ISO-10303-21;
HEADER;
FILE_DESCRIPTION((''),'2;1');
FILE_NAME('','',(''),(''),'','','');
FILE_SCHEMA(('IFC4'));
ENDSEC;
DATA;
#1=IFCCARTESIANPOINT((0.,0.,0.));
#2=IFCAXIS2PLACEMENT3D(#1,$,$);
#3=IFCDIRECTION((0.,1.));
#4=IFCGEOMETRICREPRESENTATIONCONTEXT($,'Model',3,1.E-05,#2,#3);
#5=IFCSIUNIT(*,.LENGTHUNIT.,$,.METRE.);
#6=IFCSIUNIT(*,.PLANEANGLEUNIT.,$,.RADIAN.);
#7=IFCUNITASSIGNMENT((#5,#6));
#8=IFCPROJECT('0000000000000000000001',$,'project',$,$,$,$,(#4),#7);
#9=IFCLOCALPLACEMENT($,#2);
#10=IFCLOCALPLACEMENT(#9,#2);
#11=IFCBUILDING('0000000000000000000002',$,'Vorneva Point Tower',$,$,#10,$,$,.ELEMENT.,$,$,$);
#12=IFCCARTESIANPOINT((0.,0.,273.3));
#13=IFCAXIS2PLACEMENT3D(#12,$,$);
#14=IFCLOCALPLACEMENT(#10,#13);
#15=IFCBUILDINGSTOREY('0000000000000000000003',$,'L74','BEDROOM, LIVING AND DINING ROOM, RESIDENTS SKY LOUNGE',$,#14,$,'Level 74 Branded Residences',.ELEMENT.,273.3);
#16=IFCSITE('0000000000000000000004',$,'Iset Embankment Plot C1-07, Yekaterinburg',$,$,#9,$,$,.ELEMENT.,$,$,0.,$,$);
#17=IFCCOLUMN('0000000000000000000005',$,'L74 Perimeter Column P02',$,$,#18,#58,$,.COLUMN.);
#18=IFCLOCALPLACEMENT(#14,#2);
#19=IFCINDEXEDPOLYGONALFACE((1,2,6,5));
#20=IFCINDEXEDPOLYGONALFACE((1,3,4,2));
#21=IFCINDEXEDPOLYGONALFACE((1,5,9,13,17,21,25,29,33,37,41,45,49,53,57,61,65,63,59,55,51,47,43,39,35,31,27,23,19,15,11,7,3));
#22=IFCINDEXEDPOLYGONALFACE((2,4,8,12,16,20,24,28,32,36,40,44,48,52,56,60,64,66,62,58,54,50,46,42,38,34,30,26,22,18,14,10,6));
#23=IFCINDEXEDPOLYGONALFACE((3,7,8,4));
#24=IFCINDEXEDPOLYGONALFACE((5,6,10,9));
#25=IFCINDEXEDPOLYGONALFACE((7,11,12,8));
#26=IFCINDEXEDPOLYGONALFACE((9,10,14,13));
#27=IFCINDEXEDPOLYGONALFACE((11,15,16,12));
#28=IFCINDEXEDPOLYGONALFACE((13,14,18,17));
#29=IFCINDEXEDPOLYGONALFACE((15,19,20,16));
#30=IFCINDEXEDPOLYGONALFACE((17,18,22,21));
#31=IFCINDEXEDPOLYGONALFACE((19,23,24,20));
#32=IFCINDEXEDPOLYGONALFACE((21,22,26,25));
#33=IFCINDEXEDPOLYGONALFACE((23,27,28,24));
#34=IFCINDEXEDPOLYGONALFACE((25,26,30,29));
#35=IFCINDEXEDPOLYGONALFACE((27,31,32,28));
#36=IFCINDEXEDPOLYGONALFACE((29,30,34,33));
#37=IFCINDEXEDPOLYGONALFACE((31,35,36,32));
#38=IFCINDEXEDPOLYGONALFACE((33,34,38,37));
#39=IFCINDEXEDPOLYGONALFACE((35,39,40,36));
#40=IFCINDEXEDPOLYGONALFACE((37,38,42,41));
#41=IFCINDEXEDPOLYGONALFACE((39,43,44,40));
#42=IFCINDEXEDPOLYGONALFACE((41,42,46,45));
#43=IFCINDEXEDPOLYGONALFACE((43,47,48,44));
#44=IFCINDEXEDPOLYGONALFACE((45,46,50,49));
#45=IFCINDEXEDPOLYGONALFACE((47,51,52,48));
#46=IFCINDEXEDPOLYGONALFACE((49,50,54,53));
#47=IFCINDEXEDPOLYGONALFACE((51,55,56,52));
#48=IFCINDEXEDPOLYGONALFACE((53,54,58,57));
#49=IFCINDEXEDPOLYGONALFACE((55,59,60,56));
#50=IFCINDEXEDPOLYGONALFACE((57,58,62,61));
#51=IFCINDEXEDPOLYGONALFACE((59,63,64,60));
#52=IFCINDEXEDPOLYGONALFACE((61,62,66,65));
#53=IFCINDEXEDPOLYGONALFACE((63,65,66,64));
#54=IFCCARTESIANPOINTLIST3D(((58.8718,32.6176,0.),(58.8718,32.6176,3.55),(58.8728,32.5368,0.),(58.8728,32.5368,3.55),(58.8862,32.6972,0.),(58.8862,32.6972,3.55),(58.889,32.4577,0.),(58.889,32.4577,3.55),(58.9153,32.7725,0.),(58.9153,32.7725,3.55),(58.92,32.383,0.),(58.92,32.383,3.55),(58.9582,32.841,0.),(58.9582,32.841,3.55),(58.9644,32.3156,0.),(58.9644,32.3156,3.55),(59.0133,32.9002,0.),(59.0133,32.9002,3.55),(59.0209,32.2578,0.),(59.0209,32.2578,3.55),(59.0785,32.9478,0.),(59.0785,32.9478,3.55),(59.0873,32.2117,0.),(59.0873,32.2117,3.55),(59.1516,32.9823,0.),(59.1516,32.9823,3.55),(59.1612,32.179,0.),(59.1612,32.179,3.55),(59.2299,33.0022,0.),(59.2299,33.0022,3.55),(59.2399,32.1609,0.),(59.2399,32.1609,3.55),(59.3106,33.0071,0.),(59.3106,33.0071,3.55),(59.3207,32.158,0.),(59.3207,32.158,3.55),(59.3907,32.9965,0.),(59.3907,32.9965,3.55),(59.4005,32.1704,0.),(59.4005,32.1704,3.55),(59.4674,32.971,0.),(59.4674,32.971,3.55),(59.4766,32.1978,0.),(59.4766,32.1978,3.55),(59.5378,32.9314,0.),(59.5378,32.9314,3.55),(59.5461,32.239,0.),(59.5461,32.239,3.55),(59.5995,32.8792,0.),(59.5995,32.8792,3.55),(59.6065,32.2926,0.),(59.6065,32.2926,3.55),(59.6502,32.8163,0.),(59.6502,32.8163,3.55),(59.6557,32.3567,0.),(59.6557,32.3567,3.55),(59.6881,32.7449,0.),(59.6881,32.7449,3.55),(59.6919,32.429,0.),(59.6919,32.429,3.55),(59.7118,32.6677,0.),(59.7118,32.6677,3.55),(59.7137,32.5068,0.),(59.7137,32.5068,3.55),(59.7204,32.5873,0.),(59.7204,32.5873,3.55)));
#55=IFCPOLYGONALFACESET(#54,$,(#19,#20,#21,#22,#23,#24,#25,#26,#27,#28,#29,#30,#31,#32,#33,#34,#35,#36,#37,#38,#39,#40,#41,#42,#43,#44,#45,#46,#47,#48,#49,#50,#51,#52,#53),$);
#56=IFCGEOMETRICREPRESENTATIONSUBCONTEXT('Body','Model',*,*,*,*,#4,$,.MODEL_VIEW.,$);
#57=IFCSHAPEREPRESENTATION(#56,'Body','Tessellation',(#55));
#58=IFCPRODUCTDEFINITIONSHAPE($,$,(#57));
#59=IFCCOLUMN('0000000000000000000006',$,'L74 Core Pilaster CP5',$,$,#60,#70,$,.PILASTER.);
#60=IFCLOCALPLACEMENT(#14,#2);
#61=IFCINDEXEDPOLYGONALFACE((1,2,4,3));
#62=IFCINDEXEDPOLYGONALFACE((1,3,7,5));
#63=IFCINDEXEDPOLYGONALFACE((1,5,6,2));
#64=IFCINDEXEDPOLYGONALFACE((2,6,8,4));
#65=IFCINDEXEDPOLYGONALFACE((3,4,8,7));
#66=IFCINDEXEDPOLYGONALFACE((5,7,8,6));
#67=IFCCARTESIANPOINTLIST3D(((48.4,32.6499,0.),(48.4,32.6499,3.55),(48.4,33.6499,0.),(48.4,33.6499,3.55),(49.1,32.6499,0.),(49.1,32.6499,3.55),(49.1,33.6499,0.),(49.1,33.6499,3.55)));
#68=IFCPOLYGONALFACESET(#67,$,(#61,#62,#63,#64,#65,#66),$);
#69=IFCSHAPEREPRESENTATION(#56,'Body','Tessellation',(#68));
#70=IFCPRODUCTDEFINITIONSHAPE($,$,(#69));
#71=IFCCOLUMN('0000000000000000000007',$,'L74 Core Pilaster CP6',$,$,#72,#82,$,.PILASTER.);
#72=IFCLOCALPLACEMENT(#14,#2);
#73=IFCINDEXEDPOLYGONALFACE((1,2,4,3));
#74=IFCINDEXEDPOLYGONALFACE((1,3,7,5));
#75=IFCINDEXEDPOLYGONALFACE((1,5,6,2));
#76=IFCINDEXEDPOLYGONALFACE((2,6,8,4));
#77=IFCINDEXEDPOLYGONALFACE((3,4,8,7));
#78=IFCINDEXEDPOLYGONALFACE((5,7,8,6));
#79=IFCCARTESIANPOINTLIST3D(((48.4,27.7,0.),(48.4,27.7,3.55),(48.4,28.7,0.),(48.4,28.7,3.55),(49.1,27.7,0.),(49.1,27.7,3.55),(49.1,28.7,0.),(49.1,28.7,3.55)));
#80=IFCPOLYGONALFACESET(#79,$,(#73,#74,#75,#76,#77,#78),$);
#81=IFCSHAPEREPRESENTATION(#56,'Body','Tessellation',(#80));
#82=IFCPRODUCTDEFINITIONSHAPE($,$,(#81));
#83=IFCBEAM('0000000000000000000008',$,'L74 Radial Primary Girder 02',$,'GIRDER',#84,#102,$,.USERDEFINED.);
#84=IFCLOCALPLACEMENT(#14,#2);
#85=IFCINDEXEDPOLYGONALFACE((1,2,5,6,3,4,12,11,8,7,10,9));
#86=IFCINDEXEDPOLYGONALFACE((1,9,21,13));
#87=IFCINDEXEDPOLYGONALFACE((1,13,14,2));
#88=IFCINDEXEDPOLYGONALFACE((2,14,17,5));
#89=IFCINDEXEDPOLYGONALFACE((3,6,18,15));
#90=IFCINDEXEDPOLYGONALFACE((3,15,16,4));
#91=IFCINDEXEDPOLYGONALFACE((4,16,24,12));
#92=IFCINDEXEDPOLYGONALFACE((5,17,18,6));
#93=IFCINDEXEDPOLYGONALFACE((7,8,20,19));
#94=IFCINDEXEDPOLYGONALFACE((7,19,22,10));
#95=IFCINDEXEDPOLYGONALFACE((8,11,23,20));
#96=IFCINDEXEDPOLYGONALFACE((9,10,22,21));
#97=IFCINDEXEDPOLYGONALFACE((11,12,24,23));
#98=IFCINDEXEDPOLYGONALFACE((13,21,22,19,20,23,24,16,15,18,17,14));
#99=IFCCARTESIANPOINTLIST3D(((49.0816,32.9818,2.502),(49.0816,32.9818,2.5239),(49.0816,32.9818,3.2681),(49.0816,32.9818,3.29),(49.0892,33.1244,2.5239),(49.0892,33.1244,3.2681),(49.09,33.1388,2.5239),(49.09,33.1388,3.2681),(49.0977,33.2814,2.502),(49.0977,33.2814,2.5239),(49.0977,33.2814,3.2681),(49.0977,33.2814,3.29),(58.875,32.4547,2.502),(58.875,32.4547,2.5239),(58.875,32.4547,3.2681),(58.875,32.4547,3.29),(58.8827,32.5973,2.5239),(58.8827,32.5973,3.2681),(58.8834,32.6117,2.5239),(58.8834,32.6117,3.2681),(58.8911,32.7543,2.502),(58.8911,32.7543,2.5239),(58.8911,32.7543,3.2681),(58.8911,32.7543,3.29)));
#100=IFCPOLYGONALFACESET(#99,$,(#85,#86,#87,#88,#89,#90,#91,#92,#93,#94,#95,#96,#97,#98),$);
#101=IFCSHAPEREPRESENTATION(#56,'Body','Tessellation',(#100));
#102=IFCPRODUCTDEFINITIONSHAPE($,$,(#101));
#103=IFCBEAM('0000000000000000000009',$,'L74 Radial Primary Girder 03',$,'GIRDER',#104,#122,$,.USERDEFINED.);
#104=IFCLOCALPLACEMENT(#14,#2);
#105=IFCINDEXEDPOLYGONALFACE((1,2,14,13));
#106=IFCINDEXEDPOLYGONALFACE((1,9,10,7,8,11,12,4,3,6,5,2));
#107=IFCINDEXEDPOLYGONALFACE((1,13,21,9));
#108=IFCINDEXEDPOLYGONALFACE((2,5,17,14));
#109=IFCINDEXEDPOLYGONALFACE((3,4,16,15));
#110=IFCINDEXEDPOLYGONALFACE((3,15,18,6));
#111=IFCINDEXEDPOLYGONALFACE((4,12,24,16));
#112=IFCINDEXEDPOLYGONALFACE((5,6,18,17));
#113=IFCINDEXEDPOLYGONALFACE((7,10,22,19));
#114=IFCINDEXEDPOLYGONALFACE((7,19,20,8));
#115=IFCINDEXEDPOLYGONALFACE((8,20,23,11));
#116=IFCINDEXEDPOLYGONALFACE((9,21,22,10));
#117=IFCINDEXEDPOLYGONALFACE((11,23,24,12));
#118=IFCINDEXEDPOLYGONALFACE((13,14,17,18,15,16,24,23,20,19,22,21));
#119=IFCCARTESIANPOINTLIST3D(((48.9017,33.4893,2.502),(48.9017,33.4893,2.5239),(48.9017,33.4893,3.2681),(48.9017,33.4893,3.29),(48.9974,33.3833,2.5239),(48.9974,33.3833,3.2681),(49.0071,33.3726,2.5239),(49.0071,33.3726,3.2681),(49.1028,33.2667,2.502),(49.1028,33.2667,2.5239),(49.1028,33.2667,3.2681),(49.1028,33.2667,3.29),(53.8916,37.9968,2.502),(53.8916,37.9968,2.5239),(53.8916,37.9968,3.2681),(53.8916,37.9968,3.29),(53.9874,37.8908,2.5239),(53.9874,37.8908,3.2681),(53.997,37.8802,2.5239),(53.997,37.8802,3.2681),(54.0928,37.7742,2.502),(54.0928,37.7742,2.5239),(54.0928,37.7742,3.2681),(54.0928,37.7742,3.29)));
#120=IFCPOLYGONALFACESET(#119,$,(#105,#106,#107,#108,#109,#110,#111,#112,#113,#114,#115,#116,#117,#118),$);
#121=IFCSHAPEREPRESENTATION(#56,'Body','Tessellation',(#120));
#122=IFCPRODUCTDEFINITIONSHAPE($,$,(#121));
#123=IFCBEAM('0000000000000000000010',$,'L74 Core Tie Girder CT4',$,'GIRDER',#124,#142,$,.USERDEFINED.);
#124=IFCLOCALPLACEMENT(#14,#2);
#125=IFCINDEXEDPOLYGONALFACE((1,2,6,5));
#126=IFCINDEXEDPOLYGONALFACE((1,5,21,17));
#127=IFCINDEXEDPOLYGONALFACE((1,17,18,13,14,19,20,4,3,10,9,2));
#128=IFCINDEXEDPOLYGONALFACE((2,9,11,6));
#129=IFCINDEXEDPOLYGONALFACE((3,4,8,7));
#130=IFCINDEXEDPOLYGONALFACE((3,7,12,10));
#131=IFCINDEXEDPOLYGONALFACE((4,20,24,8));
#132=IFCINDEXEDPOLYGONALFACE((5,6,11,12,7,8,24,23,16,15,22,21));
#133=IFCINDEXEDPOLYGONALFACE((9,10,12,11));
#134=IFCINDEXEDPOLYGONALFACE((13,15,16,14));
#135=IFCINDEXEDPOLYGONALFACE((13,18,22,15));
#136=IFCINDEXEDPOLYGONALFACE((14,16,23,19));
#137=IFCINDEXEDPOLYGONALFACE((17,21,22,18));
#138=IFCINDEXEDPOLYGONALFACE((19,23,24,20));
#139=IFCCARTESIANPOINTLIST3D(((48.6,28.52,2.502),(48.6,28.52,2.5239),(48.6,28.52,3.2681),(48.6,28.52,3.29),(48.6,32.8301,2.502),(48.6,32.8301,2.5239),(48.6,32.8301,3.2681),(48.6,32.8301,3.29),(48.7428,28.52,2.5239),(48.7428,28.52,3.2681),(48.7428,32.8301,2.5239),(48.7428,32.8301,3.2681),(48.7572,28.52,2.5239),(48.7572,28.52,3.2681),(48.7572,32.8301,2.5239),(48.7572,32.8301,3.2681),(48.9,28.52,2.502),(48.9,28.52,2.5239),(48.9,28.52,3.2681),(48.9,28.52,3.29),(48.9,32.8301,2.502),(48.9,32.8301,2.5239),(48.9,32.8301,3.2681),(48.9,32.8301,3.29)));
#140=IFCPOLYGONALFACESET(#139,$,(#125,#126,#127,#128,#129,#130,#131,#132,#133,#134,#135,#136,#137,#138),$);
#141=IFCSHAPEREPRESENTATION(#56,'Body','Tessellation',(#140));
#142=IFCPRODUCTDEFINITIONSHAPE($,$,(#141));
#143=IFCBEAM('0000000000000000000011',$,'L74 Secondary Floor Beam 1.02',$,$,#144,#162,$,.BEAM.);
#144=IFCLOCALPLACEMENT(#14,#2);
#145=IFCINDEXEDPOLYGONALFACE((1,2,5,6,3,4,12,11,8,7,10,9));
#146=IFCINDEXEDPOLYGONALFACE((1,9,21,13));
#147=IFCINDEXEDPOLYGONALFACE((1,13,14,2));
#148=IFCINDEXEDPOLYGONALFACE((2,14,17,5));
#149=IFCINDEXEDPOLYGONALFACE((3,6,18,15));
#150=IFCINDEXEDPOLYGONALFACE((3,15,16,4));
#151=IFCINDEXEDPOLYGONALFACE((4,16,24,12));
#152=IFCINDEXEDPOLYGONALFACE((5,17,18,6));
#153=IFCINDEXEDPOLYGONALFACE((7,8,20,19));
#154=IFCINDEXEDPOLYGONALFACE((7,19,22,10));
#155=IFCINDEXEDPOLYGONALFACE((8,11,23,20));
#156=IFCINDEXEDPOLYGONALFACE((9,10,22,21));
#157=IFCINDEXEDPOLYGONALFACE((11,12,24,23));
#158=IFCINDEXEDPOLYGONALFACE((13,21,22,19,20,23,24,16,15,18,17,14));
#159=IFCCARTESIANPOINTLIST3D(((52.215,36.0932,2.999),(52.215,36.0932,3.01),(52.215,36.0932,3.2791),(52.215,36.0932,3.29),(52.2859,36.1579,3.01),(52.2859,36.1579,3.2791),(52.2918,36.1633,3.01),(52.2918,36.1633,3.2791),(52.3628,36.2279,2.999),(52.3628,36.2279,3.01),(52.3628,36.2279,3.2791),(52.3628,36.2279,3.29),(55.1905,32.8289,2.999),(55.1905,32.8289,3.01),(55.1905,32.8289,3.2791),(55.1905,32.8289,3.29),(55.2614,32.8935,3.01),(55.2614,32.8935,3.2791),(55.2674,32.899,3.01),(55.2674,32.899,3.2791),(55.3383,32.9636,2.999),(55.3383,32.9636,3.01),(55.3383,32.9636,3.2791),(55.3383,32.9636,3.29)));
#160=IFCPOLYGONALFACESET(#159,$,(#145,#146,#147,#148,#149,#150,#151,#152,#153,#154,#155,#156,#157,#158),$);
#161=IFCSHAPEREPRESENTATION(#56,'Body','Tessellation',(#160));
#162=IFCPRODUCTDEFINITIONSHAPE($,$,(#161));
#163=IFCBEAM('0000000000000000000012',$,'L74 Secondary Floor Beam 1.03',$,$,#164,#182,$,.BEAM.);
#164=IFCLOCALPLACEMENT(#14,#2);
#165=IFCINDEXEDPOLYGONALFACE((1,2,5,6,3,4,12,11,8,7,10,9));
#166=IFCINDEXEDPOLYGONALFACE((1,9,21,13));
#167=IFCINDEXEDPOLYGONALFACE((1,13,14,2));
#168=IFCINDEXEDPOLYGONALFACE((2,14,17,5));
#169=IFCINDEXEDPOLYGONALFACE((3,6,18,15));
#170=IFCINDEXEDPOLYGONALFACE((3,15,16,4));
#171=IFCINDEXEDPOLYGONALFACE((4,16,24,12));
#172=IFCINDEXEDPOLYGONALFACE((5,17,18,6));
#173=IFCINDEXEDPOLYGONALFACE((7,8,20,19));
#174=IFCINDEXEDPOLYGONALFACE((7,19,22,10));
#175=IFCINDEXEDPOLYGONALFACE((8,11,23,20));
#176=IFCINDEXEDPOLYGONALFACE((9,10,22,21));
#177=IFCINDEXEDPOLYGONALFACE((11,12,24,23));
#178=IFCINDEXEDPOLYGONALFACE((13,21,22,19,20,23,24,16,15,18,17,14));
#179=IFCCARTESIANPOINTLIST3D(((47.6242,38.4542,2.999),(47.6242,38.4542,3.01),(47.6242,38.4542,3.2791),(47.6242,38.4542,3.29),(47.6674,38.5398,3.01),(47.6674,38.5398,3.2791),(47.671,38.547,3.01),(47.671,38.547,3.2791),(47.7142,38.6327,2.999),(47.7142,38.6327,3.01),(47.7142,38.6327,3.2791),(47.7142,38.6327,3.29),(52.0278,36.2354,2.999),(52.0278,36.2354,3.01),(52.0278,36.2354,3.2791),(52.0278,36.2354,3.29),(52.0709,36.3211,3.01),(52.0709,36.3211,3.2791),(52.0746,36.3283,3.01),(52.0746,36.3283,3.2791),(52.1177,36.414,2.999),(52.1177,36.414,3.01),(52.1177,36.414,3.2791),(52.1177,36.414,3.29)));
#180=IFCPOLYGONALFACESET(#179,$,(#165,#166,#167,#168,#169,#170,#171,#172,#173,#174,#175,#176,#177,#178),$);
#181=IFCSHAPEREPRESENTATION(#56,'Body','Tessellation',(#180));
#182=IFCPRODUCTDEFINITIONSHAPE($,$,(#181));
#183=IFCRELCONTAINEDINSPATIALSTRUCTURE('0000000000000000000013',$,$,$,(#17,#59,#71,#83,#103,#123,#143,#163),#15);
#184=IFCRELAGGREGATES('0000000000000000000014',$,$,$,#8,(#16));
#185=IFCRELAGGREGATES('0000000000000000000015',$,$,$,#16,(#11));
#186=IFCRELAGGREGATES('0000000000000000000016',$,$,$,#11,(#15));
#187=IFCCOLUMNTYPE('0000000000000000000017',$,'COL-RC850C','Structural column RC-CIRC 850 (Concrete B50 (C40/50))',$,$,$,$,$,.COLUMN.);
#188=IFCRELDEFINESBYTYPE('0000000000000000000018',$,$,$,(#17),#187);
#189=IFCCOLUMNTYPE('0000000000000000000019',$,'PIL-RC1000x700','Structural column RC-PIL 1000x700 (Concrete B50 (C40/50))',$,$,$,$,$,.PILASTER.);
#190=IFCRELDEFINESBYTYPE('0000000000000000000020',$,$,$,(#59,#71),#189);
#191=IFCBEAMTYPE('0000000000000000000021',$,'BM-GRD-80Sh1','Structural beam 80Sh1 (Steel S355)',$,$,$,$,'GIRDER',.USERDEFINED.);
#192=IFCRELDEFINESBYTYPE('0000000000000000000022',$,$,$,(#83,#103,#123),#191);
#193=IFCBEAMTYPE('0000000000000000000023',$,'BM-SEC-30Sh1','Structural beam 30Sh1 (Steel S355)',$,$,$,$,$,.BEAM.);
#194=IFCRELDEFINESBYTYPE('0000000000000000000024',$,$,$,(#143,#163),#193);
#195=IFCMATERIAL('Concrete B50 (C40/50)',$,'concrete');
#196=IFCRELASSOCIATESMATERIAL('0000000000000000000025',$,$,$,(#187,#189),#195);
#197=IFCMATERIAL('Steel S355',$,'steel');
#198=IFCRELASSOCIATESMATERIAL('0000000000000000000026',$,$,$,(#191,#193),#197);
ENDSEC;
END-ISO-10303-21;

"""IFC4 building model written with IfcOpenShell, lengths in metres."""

from ifc_helpers import new_model, si_unit, direction, frame, origin, origin_2d, place, context, subcontext, project, spatial, rectangle, circle, i_section, extrude, material, material_profile, profile_set, type_object, element, save


model = new_model("IFC4")

# Units and contexts
model_context = context("Model", 3, precision=1e-05, world=origin(), true_north=direction((0.0, 1.0)))
body_context = subcontext(model_context, "Body", "Model", "MODEL_VIEW")
ifc_project = project(units=[si_unit("LENGTHUNIT", "METRE"), si_unit("PLANEANGLEUNIT", "RADIAN")], contexts=[model_context])

# Site, building, storey
site_placement = place(None, origin())
site = spatial("IfcSite", under=ifc_project, at=site_placement, Name="Iset Embankment Plot C1-07, Yekaterinburg", CompositionType="ELEMENT", RefElevation=0.0)
building_placement = place(site_placement, origin())
building = spatial("IfcBuilding", under=site, at=building_placement, Name="Vorneva Point Tower", CompositionType="ELEMENT")
storey_placement = place(building_placement, frame((0.0, 0.0, 273.3)))
storey = spatial("IfcBuildingStorey", under=building, at=storey_placement, Name="L74", Description="BEDROOM, LIVING AND DINING ROOM, RESIDENTS SKY LOUNGE", LongName="Level 74 Branded Residences", CompositionType="ELEMENT", Elevation=273.3)

# Columns
ifc_material_1 = material(Name="Concrete B50 (C40/50)", Category="concrete")
ifc_material_profile_1 = material_profile(ifc_material_1, circle(Radius=0.425, at=origin_2d()), Name="RC-CIRC 850")
ifc_profile_set_1 = profile_set([ifc_material_profile_1], Name="Concrete B50 (C40/50)")
column_type_1 = type_object("IfcColumnType", Name="COL-RC850C", Description="Structural column RC-CIRC 850 (Concrete B50 (C40/50))", PredefinedType="COLUMN", material=ifc_profile_set_1)
for number, where, z_axis, x_axis, name in (
    (1, (59.2954, 32.5823, 0.0), (0.0, 0.0, 1.0), (0.92388, 0.382683, 0.0), "L74 Perimeter Column P02"),
):
    element("IfcColumn", number, at=place(storey_placement, frame(where, z_axis=z_axis, x_axis=x_axis)), inside=storey, type_object=column_type_1, Name=name, PredefinedType="COLUMN", context=body_context, shape_type="SweptSolid", body=[
        extrude(circle(Radius=0.425, at=origin_2d()), origin(), (0.0, 0.0, 1.0), 3.55),
    ])
ifc_material_profile_2 = material_profile(ifc_material_1, rectangle(XDim=0.7, YDim=1.0, at=origin_2d()), Name="RC-PIL 1000x700")
ifc_profile_set_2 = profile_set([ifc_material_profile_2], Name="Concrete B50 (C40/50)")
column_type_2 = type_object("IfcColumnType", Name="PIL-RC1000x700", Description="Structural column RC-PIL 1000x700 (Concrete B50 (C40/50))", PredefinedType="PILASTER", material=ifc_profile_set_2)
for number, where, z_axis, x_axis, name in (
    (2, (48.75, 33.1499, 0.0), (0.0, 0.0, 1.0), (1.0, 0.0, 0.0), "L74 Core Pilaster CP5"),
    (3, (48.75, 28.2, 0.0), (0.0, 0.0, 1.0), (1.0, 0.0, 0.0), "L74 Core Pilaster CP6"),
):
    element("IfcColumn", number, at=place(storey_placement, frame(where, z_axis=z_axis, x_axis=x_axis)), inside=storey, type_object=column_type_2, Name=name, PredefinedType="PILASTER", context=body_context, shape_type="SweptSolid", body=[
        extrude(rectangle(XDim=0.7, YDim=1.0, at=origin_2d()), origin(), (0.0, 0.0, 1.0), 3.55),
    ])

# Beams
ifc_material_2 = material(Name="Steel S355", Category="steel")
ifc_material_profile_3 = material_profile(ifc_material_2, i_section(OverallWidth=0.3, OverallDepth=0.7881, WebThickness=0.0144, FlangeThickness=0.022, at=origin_2d()), Name="80Sh1")
ifc_profile_set_3 = profile_set([ifc_material_profile_3], Name="Steel S355")
beam_type_1 = type_object("IfcBeamType", Name="BM-GRD-80Sh1", Description="Structural beam 80Sh1 (Steel S355)", ElementType="GIRDER", PredefinedType="USERDEFINED", material=ifc_profile_set_3)
beam_1_placement = place(storey_placement, frame((58.8831, 32.6045, 2.896), z_axis=(-0.998555, 0.053744, 0.0), x_axis=(-0.053744, -0.998555, 0.0)))
element("IfcBeam", 4, at=beam_1_placement, inside=storey, type_object=beam_type_1, Name="L74 Radial Primary Girder 02", ObjectType="GIRDER", PredefinedType="USERDEFINED", context=body_context, shape_type="SweptSolid", body=[
    extrude(i_section(OverallWidth=0.3, OverallDepth=0.7881, WebThickness=0.0144, FlangeThickness=0.022, at=origin_2d()), origin(), (0.0, 0.0, 1.0), 9.8076),
])
beam_2_placement = place(storey_placement, frame((53.9922, 37.8855, 2.896), z_axis=(-0.742067, -0.670326, 0.0), x_axis=(0.670326, -0.742067, 0.0)))
element("IfcBeam", 5, at=beam_2_placement, inside=storey, type_object=beam_type_1, Name="L74 Radial Primary Girder 03", ObjectType="GIRDER", PredefinedType="USERDEFINED", context=body_context, shape_type="SweptSolid", body=[
    extrude(i_section(OverallWidth=0.3, OverallDepth=0.7881, WebThickness=0.0144, FlangeThickness=0.022, at=origin_2d()), origin(), (0.0, 0.0, 1.0), 6.7244),
])
beam_3_placement = place(storey_placement, frame((48.75, 28.52, 2.896), z_axis=(0.0, 1.0, 0.0), x_axis=(-1.0, 0.0, 0.0)))
element("IfcBeam", 6, at=beam_3_placement, inside=storey, type_object=beam_type_1, Name="L74 Core Tie Girder CT4", ObjectType="GIRDER", PredefinedType="USERDEFINED", context=body_context, shape_type="SweptSolid", body=[
    extrude(i_section(OverallWidth=0.3, OverallDepth=0.7881, WebThickness=0.0144, FlangeThickness=0.022, at=origin_2d()), origin(), (0.0, 0.0, 1.0), 4.3101),
])
ifc_material_profile_4 = material_profile(ifc_material_2, i_section(OverallWidth=0.2, OverallDepth=0.291, WebThickness=0.0081, FlangeThickness=0.011, at=origin_2d()), Name="30Sh1")
ifc_profile_set_4 = profile_set([ifc_material_profile_4], Name="Steel S355")
beam_type_2 = type_object("IfcBeamType", Name="BM-SEC-30Sh1", Description="Structural beam 30Sh1 (Steel S355)", PredefinedType="BEAM", material=ifc_profile_set_4)
beam_4_placement = place(storey_placement, frame((55.2644, 32.8962, 3.1445), z_axis=(-0.673657, 0.739044, 0.0), x_axis=(-0.739044, -0.673657, 0.0)))
element("IfcBeam", 7, at=beam_4_placement, inside=storey, type_object=beam_type_2, Name="L74 Secondary Floor Beam 1.02", PredefinedType="BEAM", context=body_context, shape_type="SweptSolid", body=[
    extrude(i_section(OverallWidth=0.2, OverallDepth=0.291, WebThickness=0.0081, FlangeThickness=0.011, at=origin_2d()), origin(), (0.0, 0.0, 1.0), 4.417),
])
beam_5_placement = place(storey_placement, frame((52.0728, 36.3247, 3.1445), z_axis=(-0.893047, 0.449964, 0.0), x_axis=(-0.449964, -0.893047, 0.0)))
element("IfcBeam", 8, at=beam_5_placement, inside=storey, type_object=beam_type_2, Name="L74 Secondary Floor Beam 1.03", PredefinedType="BEAM", context=body_context, shape_type="SweptSolid", body=[
    extrude(i_section(OverallWidth=0.2, OverallDepth=0.291, WebThickness=0.0081, FlangeThickness=0.011, at=origin_2d()), origin(), (0.0, 0.0, 1.0), 4.9309),
])

save(model, "model.ifc")
